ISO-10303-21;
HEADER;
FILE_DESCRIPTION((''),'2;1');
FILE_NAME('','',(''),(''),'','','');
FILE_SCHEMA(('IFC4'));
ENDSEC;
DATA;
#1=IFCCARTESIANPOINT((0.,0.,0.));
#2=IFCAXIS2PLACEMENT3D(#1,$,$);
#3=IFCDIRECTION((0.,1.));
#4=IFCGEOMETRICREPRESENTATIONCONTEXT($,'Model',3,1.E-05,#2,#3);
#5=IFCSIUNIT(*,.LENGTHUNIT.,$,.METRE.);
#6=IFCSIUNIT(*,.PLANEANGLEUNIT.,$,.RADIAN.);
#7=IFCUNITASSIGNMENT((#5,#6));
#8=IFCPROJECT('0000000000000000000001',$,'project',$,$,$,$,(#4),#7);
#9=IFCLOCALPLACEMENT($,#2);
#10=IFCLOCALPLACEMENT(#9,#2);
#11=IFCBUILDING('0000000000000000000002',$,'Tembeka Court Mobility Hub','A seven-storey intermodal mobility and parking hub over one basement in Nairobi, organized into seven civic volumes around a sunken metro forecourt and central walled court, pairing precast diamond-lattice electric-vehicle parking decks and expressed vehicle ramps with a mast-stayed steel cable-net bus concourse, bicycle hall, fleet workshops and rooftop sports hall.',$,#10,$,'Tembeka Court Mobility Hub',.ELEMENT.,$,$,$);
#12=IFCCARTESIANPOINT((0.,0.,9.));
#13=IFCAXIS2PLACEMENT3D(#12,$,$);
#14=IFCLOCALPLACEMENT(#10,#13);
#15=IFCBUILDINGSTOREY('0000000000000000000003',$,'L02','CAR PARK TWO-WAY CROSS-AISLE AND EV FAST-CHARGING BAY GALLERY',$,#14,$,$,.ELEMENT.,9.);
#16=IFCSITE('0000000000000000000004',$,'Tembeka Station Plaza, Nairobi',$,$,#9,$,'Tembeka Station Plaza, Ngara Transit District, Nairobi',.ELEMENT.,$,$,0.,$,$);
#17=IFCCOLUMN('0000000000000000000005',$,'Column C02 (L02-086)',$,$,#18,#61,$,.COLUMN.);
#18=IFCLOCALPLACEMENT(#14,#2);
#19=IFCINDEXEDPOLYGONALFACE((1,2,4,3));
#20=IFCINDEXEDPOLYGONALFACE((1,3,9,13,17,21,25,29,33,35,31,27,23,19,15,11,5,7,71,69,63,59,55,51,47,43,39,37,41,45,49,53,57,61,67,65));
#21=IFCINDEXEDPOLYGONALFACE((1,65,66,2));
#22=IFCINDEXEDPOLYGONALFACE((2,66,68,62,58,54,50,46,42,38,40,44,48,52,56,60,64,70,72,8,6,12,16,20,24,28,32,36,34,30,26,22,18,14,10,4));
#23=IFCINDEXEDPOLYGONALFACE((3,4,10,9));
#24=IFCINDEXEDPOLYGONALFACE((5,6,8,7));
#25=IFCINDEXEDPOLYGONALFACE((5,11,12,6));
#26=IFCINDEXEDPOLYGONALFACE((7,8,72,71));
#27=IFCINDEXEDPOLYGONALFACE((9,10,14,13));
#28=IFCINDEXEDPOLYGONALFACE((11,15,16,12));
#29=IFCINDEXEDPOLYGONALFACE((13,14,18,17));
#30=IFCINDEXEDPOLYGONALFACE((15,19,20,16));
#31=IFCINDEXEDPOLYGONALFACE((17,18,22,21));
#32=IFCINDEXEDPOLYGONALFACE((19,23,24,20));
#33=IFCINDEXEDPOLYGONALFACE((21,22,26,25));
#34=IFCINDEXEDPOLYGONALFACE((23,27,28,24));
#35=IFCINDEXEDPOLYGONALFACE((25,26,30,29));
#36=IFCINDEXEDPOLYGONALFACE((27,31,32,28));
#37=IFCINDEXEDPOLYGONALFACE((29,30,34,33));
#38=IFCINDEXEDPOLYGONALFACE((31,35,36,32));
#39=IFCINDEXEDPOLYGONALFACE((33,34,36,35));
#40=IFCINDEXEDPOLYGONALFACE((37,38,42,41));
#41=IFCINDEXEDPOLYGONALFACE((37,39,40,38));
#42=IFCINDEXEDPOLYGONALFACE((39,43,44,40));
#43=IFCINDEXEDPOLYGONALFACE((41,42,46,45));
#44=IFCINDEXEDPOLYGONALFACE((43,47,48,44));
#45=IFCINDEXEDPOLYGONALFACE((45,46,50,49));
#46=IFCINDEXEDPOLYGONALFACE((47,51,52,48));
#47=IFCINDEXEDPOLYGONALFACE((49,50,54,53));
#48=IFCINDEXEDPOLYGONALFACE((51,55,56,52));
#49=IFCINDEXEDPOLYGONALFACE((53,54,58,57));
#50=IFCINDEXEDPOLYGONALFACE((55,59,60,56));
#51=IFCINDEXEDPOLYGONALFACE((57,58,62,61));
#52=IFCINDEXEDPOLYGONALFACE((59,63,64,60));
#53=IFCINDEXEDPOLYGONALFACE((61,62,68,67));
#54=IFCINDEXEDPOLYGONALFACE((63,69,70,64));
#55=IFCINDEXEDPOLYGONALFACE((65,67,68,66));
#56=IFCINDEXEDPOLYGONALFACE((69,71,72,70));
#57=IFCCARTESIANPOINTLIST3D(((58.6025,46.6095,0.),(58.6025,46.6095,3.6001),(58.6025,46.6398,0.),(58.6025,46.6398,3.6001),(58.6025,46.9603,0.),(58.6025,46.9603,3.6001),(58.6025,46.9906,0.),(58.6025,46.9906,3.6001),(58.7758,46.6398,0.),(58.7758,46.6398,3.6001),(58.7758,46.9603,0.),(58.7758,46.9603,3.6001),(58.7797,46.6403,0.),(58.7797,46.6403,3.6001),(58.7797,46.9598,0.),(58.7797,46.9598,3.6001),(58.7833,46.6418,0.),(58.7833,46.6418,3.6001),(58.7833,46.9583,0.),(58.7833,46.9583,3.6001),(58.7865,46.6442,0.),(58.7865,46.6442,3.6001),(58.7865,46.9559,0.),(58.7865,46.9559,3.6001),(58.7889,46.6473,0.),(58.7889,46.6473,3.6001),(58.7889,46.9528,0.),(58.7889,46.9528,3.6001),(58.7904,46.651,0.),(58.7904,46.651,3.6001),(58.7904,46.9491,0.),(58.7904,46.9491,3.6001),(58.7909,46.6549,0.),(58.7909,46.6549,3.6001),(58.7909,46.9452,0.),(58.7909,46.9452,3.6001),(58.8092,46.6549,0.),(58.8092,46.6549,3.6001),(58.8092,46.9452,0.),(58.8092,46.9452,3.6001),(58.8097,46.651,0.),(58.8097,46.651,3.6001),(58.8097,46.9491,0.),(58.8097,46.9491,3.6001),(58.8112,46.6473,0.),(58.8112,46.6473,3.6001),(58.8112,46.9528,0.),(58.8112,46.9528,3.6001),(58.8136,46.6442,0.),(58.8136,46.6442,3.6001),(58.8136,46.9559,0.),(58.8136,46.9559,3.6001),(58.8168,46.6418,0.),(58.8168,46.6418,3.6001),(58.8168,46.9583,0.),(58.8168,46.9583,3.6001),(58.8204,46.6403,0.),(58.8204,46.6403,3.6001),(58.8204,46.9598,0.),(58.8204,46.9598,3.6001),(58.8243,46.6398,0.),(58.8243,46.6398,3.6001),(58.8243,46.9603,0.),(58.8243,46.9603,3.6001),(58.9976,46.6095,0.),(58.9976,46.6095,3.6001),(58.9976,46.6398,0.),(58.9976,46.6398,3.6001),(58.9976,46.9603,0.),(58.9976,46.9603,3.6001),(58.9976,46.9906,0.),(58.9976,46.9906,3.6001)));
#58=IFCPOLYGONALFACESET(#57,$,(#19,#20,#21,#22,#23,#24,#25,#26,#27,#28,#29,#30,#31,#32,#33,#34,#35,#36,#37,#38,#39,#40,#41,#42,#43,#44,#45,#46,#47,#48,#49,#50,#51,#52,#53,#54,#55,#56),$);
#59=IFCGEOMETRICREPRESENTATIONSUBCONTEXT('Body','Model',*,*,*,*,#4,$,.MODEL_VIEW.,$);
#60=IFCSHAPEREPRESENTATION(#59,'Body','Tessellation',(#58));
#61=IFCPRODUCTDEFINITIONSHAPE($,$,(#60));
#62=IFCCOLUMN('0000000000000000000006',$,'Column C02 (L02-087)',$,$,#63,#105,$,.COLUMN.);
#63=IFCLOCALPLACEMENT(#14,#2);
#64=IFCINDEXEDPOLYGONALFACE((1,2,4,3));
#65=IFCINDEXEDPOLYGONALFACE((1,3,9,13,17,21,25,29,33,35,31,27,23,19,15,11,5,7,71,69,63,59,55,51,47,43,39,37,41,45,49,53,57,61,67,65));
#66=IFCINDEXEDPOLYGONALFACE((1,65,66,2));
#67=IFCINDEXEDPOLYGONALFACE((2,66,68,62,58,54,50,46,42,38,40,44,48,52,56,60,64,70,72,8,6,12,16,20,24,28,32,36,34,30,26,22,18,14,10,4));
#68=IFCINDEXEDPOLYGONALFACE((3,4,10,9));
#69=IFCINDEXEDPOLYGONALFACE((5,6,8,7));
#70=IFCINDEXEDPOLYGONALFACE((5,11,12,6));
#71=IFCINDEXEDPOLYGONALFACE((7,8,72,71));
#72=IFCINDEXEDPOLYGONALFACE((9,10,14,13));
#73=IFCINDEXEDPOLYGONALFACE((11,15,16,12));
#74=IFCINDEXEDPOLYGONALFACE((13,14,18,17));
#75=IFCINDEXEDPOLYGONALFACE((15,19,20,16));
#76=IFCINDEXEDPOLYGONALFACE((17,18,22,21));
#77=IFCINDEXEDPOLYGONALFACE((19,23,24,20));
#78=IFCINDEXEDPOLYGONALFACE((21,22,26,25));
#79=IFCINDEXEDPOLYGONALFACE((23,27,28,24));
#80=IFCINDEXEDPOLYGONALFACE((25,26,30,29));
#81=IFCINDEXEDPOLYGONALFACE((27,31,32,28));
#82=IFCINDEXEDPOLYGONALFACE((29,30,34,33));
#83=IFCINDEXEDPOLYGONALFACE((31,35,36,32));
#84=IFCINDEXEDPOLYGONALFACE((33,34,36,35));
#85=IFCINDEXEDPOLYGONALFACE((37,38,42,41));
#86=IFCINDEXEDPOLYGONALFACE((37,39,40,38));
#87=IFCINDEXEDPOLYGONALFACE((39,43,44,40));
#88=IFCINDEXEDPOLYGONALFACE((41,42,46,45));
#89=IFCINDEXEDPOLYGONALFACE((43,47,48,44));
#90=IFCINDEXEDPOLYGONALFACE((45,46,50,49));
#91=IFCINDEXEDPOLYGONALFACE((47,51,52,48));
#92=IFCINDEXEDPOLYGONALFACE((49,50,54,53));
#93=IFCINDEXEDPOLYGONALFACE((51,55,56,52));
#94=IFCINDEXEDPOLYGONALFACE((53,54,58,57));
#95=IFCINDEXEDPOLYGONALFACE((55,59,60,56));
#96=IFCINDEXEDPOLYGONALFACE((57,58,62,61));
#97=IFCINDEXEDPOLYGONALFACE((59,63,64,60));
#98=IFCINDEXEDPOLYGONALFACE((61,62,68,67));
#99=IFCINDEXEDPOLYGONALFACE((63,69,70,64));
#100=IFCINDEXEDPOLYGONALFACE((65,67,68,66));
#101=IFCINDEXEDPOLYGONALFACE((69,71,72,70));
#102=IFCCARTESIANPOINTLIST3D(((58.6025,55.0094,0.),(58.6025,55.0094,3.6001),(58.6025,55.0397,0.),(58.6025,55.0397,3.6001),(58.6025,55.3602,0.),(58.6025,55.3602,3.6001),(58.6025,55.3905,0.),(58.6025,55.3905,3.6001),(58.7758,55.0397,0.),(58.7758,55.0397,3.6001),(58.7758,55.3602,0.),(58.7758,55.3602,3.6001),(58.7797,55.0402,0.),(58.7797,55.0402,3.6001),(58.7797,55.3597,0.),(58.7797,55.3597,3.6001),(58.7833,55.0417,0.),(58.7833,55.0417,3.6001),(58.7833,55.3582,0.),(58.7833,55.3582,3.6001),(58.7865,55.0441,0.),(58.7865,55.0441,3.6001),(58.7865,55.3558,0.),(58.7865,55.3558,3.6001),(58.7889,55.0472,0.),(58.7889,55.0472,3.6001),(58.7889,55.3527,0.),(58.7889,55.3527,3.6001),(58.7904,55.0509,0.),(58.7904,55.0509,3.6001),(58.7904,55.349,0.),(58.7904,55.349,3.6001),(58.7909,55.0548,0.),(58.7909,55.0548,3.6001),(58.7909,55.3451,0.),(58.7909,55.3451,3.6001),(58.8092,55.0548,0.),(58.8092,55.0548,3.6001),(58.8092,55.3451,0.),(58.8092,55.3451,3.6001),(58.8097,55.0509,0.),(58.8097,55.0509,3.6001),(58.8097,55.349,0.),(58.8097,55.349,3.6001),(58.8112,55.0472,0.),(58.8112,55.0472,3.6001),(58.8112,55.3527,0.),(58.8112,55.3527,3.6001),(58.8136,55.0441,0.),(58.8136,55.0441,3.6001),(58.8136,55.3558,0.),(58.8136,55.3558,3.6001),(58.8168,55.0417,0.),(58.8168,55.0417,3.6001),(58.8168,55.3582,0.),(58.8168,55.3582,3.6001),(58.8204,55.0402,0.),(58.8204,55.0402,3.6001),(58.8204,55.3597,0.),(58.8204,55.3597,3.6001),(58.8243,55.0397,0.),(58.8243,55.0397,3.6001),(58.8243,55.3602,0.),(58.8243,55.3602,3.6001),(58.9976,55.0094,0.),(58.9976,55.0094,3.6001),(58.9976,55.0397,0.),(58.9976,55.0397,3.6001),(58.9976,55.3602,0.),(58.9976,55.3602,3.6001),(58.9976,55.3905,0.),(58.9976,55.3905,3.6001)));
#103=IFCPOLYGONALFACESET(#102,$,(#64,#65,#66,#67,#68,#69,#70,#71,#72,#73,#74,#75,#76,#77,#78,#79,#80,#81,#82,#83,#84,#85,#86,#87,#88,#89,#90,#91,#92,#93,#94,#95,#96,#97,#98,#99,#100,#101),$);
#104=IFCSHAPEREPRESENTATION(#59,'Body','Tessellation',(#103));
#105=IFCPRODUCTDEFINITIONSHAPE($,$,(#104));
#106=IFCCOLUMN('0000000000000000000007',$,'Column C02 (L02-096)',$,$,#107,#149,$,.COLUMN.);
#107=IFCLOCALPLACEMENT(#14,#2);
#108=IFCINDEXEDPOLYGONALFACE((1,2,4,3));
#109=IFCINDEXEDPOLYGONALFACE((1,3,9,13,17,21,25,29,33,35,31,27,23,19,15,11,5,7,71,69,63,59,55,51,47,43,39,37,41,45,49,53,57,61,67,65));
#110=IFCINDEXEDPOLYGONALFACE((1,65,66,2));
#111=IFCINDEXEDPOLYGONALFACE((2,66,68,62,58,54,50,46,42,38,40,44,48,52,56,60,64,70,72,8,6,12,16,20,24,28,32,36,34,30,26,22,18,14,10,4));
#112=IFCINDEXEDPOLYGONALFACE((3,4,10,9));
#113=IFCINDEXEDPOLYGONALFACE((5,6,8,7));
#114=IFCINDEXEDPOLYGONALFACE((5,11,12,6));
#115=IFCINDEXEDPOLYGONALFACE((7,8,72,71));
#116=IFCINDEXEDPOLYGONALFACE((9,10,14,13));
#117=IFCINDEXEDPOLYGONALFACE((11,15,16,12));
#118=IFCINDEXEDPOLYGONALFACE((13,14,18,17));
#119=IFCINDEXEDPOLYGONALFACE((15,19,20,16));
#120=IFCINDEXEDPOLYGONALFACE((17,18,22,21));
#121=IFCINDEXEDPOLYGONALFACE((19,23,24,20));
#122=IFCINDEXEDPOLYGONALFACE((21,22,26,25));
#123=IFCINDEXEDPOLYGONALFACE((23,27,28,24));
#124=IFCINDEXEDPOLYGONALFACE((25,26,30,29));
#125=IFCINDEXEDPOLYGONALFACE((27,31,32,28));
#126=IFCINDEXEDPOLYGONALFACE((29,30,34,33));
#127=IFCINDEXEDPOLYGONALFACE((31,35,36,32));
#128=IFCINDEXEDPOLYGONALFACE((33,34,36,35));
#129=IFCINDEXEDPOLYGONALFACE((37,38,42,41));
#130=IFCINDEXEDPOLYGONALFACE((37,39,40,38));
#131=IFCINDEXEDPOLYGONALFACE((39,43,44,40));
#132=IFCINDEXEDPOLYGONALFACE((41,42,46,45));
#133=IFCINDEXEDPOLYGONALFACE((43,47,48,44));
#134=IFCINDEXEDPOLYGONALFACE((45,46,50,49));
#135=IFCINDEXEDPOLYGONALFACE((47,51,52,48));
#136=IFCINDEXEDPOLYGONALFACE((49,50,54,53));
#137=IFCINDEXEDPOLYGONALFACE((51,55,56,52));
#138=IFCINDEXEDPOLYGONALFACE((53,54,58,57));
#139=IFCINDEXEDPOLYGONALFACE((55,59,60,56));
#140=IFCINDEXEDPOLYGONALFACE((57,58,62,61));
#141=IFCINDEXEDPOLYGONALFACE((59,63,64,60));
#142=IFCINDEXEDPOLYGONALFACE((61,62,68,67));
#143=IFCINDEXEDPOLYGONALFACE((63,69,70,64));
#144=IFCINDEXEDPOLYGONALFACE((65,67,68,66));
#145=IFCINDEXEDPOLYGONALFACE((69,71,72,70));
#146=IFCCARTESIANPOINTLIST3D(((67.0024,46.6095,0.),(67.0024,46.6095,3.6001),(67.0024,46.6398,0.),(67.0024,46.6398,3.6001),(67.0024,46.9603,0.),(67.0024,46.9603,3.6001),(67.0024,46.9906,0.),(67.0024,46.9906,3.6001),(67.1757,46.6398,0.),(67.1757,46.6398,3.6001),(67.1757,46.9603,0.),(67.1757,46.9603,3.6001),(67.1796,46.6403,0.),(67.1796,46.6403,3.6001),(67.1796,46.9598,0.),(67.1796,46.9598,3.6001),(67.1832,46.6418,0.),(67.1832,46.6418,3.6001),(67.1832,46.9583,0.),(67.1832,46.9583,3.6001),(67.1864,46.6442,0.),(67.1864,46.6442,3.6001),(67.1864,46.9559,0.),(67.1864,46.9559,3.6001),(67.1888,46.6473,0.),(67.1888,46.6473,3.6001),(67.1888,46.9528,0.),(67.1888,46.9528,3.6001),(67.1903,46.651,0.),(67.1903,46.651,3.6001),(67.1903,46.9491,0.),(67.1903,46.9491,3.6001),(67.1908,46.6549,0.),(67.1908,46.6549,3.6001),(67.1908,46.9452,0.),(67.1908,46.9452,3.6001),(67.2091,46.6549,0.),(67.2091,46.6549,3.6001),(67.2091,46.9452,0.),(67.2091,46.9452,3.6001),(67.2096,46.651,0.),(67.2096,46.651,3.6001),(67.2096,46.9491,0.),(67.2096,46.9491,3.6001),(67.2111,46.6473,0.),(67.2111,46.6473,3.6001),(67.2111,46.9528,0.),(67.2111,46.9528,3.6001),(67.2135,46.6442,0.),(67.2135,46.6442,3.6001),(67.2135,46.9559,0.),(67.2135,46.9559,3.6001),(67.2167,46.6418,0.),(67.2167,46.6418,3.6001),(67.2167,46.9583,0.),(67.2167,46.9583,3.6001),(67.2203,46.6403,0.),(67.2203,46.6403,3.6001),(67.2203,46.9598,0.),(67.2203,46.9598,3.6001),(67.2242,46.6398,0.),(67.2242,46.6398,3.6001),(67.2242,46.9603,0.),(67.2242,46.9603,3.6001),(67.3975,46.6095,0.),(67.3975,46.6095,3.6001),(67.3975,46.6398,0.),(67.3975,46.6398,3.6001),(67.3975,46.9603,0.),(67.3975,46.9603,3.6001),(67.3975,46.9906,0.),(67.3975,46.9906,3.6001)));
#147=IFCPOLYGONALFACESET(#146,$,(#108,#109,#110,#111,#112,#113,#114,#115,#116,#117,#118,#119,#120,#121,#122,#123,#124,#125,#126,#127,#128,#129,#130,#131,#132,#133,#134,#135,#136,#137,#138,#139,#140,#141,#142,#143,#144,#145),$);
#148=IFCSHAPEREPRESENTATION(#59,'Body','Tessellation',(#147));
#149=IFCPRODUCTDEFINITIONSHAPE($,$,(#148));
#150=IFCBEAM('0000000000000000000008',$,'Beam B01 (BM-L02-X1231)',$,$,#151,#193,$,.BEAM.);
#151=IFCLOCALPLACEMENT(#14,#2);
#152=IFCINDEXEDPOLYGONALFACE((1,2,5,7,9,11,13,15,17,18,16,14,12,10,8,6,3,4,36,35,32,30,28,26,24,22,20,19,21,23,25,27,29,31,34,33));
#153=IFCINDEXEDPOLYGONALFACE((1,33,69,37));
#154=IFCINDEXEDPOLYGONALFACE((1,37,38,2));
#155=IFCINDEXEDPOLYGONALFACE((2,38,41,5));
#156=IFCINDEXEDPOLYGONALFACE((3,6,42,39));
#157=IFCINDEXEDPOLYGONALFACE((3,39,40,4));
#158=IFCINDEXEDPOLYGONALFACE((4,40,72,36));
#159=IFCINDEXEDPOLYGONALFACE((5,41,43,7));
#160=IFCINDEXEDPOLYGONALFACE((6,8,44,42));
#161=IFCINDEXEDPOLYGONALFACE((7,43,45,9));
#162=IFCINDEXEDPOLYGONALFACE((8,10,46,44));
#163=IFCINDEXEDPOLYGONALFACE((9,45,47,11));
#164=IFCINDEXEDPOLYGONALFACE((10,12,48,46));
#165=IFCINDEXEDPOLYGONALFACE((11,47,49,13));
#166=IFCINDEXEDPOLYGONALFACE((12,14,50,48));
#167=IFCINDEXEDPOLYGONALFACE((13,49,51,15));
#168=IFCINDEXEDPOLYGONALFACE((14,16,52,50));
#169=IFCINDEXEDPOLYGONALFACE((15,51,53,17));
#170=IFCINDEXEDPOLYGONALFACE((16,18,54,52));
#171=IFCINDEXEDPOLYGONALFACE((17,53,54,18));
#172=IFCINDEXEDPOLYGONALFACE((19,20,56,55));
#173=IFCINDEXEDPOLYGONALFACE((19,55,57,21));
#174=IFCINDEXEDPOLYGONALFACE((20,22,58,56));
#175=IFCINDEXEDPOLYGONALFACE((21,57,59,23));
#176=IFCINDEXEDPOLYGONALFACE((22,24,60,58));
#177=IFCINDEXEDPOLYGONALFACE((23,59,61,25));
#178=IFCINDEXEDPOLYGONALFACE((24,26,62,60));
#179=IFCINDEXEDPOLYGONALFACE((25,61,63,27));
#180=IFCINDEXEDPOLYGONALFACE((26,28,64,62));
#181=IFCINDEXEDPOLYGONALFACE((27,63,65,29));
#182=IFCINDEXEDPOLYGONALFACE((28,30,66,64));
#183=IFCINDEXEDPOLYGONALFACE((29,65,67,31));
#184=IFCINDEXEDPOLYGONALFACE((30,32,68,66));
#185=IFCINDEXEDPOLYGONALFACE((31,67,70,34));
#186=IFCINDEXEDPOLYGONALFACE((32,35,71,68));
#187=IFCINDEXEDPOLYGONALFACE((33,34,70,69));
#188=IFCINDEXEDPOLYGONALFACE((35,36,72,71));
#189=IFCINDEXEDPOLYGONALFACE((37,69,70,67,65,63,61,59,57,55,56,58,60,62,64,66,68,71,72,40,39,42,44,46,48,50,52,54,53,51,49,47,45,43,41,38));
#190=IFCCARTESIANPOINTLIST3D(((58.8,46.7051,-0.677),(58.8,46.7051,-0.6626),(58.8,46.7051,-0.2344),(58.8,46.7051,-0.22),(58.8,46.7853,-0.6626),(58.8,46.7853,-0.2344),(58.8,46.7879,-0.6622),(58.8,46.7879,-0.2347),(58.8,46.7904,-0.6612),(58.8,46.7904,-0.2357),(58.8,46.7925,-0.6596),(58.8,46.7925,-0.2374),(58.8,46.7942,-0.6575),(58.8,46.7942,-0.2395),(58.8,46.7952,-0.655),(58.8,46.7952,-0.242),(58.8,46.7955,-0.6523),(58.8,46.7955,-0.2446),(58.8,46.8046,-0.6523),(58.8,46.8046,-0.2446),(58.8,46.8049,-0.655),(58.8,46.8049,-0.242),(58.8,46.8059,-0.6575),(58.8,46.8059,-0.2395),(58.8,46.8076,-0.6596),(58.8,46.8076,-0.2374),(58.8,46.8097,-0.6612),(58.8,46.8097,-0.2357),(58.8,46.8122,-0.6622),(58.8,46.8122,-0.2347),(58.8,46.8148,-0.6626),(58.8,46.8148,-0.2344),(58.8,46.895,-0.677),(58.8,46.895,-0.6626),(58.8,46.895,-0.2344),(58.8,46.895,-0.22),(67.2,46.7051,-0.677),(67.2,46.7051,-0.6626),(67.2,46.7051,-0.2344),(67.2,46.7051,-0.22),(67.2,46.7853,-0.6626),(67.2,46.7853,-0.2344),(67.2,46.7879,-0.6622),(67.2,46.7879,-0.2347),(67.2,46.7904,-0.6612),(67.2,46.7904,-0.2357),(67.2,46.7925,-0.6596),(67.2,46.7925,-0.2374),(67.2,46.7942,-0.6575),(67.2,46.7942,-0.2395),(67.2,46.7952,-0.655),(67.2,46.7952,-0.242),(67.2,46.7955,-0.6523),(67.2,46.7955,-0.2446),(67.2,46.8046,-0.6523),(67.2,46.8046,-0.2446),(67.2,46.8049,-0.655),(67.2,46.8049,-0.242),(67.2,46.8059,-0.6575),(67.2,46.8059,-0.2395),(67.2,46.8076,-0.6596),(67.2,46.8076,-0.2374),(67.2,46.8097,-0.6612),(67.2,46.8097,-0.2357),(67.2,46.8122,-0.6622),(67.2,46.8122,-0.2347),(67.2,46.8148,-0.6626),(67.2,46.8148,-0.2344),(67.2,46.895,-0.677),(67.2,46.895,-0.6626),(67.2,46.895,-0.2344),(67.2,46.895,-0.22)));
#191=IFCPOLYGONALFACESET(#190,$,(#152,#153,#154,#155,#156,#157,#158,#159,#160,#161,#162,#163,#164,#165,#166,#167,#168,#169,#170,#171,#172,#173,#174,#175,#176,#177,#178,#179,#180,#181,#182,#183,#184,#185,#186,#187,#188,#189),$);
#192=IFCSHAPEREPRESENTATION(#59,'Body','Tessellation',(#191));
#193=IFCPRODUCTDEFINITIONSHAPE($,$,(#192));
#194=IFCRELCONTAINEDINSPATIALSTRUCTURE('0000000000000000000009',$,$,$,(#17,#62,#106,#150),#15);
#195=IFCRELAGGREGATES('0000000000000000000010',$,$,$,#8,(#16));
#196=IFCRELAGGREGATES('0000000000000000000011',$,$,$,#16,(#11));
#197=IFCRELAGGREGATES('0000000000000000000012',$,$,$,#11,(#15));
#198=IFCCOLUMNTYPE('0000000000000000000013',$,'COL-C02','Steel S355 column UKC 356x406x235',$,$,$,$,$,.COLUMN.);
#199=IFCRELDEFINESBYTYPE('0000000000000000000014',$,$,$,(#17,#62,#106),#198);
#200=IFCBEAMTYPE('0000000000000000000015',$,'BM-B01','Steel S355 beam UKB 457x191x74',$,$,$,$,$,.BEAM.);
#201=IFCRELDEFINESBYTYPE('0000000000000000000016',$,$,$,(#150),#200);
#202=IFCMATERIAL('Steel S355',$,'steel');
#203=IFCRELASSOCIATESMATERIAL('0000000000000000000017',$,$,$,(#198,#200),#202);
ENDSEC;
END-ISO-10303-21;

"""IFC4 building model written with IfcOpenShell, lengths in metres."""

from ifc_helpers import new_model, si_unit, direction, frame, origin, origin_2d, place, context, subcontext, project, spatial, i_section, extrude, material, material_profile, profile_set, type_object, element, save


model = new_model("IFC4")

# Units and contexts
model_context = context("Model", 3, precision=1e-05, world=origin(), true_north=direction((0.0, 1.0)))
body_context = subcontext(model_context, "Body", "Model", "MODEL_VIEW")
ifc_project = project(units=[si_unit("LENGTHUNIT", "METRE"), si_unit("PLANEANGLEUNIT", "RADIAN")], contexts=[model_context])

# Site, building, storey
site_placement = place(None, origin())
site = spatial("IfcSite", under=ifc_project, at=site_placement, Name="Tembeka Station Plaza, Nairobi", LongName="Tembeka Station Plaza, Ngara Transit District, Nairobi", CompositionType="ELEMENT", RefElevation=0.0)
building_placement = place(site_placement, origin())
building = spatial("IfcBuilding", under=site, at=building_placement, Name="Tembeka Court Mobility Hub", Description="A seven-storey intermodal mobility and parking hub over one basement in Nairobi, organized into seven civic volumes around a sunken metro forecourt and central walled court, pairing precast diamond-lattice electric-vehicle parking decks and expressed vehicle ramps with a mast-stayed steel cable-net bus concourse, bicycle hall, fleet workshops and rooftop sports hall.", LongName="Tembeka Court Mobility Hub", CompositionType="ELEMENT")
storey_placement = place(building_placement, frame((0.0, 0.0, 9.0)))
storey = spatial("IfcBuildingStorey", under=building, at=storey_placement, Name="L02", Description="CAR PARK TWO-WAY CROSS-AISLE AND EV FAST-CHARGING BAY GALLERY", CompositionType="ELEMENT", Elevation=9.0)

# Columns
ifc_material_1 = material(Name="Steel S355", Category="steel")
ifc_material_profile_1 = material_profile(ifc_material_1, i_section(OverallWidth=0.395, OverallDepth=0.3811, WebThickness=0.0183, FlangeThickness=0.0303, FilletRadius=0.0151, at=origin_2d()), Name="UKC 356x406x235")
ifc_profile_set_1 = profile_set([ifc_material_profile_1], Name="Steel S355")
column_type = type_object("IfcColumnType", Name="COL-C02", Description="Steel S355 column UKC 356x406x235", PredefinedType="COLUMN", material=ifc_profile_set_1)
for number, where, z_axis, x_axis, name in (
    (1, (58.8, 46.8, 0.0), (0.0, 0.0, 1.0), (1.0, 0.0, 0.0), "Column C02 (L02-086)"),
    (2, (58.8, 55.2, 0.0), (0.0, 0.0, 1.0), (1.0, 0.0, 0.0), "Column C02 (L02-087)"),
    (3, (67.2, 46.8, 0.0), (0.0, 0.0, 1.0), (1.0, 0.0, 0.0), "Column C02 (L02-096)"),
):
    element("IfcColumn", number, at=place(storey_placement, frame(where, z_axis=z_axis, x_axis=x_axis)), inside=storey, type_object=column_type, Name=name, PredefinedType="COLUMN", context=body_context, shape_type="SweptSolid", body=[
        extrude(i_section(OverallWidth=0.395, OverallDepth=0.3811, WebThickness=0.0183, FlangeThickness=0.0303, FilletRadius=0.0151, at=origin_2d()), origin(), (0.0, 0.0, 1.0), 3.6001),
    ])

# Beam
ifc_material_profile_2 = material_profile(ifc_material_1, i_section(OverallWidth=0.1899, OverallDepth=0.457, WebThickness=0.009, FlangeThickness=0.0144, FilletRadius=0.0103, at=origin_2d()), Name="UKB 457x191x74")
ifc_profile_set_2 = profile_set([ifc_material_profile_2], Name="Steel S355")
beam_type_1 = type_object("IfcBeamType", Name="BM-B01", Description="Steel S355 beam UKB 457x191x74", PredefinedType="BEAM", material=ifc_profile_set_2)
beam_1_placement = place(storey_placement, frame((58.8, 46.8, -0.4485), z_axis=(1.0, 0.0, 0.0), x_axis=(0.0, 1.0, 0.0)))
element("IfcBeam", 4, at=beam_1_placement, inside=storey, type_object=beam_type_1, Name="Beam B01 (BM-L02-X1231)", PredefinedType="BEAM", context=body_context, shape_type="SweptSolid", body=[
    extrude(i_section(OverallWidth=0.1899, OverallDepth=0.457, WebThickness=0.009, FlangeThickness=0.0144, FilletRadius=0.0103, at=origin_2d()), origin(), (0.0, 0.0, 1.0), 8.3999),
])

save(model, "model.ifc")
